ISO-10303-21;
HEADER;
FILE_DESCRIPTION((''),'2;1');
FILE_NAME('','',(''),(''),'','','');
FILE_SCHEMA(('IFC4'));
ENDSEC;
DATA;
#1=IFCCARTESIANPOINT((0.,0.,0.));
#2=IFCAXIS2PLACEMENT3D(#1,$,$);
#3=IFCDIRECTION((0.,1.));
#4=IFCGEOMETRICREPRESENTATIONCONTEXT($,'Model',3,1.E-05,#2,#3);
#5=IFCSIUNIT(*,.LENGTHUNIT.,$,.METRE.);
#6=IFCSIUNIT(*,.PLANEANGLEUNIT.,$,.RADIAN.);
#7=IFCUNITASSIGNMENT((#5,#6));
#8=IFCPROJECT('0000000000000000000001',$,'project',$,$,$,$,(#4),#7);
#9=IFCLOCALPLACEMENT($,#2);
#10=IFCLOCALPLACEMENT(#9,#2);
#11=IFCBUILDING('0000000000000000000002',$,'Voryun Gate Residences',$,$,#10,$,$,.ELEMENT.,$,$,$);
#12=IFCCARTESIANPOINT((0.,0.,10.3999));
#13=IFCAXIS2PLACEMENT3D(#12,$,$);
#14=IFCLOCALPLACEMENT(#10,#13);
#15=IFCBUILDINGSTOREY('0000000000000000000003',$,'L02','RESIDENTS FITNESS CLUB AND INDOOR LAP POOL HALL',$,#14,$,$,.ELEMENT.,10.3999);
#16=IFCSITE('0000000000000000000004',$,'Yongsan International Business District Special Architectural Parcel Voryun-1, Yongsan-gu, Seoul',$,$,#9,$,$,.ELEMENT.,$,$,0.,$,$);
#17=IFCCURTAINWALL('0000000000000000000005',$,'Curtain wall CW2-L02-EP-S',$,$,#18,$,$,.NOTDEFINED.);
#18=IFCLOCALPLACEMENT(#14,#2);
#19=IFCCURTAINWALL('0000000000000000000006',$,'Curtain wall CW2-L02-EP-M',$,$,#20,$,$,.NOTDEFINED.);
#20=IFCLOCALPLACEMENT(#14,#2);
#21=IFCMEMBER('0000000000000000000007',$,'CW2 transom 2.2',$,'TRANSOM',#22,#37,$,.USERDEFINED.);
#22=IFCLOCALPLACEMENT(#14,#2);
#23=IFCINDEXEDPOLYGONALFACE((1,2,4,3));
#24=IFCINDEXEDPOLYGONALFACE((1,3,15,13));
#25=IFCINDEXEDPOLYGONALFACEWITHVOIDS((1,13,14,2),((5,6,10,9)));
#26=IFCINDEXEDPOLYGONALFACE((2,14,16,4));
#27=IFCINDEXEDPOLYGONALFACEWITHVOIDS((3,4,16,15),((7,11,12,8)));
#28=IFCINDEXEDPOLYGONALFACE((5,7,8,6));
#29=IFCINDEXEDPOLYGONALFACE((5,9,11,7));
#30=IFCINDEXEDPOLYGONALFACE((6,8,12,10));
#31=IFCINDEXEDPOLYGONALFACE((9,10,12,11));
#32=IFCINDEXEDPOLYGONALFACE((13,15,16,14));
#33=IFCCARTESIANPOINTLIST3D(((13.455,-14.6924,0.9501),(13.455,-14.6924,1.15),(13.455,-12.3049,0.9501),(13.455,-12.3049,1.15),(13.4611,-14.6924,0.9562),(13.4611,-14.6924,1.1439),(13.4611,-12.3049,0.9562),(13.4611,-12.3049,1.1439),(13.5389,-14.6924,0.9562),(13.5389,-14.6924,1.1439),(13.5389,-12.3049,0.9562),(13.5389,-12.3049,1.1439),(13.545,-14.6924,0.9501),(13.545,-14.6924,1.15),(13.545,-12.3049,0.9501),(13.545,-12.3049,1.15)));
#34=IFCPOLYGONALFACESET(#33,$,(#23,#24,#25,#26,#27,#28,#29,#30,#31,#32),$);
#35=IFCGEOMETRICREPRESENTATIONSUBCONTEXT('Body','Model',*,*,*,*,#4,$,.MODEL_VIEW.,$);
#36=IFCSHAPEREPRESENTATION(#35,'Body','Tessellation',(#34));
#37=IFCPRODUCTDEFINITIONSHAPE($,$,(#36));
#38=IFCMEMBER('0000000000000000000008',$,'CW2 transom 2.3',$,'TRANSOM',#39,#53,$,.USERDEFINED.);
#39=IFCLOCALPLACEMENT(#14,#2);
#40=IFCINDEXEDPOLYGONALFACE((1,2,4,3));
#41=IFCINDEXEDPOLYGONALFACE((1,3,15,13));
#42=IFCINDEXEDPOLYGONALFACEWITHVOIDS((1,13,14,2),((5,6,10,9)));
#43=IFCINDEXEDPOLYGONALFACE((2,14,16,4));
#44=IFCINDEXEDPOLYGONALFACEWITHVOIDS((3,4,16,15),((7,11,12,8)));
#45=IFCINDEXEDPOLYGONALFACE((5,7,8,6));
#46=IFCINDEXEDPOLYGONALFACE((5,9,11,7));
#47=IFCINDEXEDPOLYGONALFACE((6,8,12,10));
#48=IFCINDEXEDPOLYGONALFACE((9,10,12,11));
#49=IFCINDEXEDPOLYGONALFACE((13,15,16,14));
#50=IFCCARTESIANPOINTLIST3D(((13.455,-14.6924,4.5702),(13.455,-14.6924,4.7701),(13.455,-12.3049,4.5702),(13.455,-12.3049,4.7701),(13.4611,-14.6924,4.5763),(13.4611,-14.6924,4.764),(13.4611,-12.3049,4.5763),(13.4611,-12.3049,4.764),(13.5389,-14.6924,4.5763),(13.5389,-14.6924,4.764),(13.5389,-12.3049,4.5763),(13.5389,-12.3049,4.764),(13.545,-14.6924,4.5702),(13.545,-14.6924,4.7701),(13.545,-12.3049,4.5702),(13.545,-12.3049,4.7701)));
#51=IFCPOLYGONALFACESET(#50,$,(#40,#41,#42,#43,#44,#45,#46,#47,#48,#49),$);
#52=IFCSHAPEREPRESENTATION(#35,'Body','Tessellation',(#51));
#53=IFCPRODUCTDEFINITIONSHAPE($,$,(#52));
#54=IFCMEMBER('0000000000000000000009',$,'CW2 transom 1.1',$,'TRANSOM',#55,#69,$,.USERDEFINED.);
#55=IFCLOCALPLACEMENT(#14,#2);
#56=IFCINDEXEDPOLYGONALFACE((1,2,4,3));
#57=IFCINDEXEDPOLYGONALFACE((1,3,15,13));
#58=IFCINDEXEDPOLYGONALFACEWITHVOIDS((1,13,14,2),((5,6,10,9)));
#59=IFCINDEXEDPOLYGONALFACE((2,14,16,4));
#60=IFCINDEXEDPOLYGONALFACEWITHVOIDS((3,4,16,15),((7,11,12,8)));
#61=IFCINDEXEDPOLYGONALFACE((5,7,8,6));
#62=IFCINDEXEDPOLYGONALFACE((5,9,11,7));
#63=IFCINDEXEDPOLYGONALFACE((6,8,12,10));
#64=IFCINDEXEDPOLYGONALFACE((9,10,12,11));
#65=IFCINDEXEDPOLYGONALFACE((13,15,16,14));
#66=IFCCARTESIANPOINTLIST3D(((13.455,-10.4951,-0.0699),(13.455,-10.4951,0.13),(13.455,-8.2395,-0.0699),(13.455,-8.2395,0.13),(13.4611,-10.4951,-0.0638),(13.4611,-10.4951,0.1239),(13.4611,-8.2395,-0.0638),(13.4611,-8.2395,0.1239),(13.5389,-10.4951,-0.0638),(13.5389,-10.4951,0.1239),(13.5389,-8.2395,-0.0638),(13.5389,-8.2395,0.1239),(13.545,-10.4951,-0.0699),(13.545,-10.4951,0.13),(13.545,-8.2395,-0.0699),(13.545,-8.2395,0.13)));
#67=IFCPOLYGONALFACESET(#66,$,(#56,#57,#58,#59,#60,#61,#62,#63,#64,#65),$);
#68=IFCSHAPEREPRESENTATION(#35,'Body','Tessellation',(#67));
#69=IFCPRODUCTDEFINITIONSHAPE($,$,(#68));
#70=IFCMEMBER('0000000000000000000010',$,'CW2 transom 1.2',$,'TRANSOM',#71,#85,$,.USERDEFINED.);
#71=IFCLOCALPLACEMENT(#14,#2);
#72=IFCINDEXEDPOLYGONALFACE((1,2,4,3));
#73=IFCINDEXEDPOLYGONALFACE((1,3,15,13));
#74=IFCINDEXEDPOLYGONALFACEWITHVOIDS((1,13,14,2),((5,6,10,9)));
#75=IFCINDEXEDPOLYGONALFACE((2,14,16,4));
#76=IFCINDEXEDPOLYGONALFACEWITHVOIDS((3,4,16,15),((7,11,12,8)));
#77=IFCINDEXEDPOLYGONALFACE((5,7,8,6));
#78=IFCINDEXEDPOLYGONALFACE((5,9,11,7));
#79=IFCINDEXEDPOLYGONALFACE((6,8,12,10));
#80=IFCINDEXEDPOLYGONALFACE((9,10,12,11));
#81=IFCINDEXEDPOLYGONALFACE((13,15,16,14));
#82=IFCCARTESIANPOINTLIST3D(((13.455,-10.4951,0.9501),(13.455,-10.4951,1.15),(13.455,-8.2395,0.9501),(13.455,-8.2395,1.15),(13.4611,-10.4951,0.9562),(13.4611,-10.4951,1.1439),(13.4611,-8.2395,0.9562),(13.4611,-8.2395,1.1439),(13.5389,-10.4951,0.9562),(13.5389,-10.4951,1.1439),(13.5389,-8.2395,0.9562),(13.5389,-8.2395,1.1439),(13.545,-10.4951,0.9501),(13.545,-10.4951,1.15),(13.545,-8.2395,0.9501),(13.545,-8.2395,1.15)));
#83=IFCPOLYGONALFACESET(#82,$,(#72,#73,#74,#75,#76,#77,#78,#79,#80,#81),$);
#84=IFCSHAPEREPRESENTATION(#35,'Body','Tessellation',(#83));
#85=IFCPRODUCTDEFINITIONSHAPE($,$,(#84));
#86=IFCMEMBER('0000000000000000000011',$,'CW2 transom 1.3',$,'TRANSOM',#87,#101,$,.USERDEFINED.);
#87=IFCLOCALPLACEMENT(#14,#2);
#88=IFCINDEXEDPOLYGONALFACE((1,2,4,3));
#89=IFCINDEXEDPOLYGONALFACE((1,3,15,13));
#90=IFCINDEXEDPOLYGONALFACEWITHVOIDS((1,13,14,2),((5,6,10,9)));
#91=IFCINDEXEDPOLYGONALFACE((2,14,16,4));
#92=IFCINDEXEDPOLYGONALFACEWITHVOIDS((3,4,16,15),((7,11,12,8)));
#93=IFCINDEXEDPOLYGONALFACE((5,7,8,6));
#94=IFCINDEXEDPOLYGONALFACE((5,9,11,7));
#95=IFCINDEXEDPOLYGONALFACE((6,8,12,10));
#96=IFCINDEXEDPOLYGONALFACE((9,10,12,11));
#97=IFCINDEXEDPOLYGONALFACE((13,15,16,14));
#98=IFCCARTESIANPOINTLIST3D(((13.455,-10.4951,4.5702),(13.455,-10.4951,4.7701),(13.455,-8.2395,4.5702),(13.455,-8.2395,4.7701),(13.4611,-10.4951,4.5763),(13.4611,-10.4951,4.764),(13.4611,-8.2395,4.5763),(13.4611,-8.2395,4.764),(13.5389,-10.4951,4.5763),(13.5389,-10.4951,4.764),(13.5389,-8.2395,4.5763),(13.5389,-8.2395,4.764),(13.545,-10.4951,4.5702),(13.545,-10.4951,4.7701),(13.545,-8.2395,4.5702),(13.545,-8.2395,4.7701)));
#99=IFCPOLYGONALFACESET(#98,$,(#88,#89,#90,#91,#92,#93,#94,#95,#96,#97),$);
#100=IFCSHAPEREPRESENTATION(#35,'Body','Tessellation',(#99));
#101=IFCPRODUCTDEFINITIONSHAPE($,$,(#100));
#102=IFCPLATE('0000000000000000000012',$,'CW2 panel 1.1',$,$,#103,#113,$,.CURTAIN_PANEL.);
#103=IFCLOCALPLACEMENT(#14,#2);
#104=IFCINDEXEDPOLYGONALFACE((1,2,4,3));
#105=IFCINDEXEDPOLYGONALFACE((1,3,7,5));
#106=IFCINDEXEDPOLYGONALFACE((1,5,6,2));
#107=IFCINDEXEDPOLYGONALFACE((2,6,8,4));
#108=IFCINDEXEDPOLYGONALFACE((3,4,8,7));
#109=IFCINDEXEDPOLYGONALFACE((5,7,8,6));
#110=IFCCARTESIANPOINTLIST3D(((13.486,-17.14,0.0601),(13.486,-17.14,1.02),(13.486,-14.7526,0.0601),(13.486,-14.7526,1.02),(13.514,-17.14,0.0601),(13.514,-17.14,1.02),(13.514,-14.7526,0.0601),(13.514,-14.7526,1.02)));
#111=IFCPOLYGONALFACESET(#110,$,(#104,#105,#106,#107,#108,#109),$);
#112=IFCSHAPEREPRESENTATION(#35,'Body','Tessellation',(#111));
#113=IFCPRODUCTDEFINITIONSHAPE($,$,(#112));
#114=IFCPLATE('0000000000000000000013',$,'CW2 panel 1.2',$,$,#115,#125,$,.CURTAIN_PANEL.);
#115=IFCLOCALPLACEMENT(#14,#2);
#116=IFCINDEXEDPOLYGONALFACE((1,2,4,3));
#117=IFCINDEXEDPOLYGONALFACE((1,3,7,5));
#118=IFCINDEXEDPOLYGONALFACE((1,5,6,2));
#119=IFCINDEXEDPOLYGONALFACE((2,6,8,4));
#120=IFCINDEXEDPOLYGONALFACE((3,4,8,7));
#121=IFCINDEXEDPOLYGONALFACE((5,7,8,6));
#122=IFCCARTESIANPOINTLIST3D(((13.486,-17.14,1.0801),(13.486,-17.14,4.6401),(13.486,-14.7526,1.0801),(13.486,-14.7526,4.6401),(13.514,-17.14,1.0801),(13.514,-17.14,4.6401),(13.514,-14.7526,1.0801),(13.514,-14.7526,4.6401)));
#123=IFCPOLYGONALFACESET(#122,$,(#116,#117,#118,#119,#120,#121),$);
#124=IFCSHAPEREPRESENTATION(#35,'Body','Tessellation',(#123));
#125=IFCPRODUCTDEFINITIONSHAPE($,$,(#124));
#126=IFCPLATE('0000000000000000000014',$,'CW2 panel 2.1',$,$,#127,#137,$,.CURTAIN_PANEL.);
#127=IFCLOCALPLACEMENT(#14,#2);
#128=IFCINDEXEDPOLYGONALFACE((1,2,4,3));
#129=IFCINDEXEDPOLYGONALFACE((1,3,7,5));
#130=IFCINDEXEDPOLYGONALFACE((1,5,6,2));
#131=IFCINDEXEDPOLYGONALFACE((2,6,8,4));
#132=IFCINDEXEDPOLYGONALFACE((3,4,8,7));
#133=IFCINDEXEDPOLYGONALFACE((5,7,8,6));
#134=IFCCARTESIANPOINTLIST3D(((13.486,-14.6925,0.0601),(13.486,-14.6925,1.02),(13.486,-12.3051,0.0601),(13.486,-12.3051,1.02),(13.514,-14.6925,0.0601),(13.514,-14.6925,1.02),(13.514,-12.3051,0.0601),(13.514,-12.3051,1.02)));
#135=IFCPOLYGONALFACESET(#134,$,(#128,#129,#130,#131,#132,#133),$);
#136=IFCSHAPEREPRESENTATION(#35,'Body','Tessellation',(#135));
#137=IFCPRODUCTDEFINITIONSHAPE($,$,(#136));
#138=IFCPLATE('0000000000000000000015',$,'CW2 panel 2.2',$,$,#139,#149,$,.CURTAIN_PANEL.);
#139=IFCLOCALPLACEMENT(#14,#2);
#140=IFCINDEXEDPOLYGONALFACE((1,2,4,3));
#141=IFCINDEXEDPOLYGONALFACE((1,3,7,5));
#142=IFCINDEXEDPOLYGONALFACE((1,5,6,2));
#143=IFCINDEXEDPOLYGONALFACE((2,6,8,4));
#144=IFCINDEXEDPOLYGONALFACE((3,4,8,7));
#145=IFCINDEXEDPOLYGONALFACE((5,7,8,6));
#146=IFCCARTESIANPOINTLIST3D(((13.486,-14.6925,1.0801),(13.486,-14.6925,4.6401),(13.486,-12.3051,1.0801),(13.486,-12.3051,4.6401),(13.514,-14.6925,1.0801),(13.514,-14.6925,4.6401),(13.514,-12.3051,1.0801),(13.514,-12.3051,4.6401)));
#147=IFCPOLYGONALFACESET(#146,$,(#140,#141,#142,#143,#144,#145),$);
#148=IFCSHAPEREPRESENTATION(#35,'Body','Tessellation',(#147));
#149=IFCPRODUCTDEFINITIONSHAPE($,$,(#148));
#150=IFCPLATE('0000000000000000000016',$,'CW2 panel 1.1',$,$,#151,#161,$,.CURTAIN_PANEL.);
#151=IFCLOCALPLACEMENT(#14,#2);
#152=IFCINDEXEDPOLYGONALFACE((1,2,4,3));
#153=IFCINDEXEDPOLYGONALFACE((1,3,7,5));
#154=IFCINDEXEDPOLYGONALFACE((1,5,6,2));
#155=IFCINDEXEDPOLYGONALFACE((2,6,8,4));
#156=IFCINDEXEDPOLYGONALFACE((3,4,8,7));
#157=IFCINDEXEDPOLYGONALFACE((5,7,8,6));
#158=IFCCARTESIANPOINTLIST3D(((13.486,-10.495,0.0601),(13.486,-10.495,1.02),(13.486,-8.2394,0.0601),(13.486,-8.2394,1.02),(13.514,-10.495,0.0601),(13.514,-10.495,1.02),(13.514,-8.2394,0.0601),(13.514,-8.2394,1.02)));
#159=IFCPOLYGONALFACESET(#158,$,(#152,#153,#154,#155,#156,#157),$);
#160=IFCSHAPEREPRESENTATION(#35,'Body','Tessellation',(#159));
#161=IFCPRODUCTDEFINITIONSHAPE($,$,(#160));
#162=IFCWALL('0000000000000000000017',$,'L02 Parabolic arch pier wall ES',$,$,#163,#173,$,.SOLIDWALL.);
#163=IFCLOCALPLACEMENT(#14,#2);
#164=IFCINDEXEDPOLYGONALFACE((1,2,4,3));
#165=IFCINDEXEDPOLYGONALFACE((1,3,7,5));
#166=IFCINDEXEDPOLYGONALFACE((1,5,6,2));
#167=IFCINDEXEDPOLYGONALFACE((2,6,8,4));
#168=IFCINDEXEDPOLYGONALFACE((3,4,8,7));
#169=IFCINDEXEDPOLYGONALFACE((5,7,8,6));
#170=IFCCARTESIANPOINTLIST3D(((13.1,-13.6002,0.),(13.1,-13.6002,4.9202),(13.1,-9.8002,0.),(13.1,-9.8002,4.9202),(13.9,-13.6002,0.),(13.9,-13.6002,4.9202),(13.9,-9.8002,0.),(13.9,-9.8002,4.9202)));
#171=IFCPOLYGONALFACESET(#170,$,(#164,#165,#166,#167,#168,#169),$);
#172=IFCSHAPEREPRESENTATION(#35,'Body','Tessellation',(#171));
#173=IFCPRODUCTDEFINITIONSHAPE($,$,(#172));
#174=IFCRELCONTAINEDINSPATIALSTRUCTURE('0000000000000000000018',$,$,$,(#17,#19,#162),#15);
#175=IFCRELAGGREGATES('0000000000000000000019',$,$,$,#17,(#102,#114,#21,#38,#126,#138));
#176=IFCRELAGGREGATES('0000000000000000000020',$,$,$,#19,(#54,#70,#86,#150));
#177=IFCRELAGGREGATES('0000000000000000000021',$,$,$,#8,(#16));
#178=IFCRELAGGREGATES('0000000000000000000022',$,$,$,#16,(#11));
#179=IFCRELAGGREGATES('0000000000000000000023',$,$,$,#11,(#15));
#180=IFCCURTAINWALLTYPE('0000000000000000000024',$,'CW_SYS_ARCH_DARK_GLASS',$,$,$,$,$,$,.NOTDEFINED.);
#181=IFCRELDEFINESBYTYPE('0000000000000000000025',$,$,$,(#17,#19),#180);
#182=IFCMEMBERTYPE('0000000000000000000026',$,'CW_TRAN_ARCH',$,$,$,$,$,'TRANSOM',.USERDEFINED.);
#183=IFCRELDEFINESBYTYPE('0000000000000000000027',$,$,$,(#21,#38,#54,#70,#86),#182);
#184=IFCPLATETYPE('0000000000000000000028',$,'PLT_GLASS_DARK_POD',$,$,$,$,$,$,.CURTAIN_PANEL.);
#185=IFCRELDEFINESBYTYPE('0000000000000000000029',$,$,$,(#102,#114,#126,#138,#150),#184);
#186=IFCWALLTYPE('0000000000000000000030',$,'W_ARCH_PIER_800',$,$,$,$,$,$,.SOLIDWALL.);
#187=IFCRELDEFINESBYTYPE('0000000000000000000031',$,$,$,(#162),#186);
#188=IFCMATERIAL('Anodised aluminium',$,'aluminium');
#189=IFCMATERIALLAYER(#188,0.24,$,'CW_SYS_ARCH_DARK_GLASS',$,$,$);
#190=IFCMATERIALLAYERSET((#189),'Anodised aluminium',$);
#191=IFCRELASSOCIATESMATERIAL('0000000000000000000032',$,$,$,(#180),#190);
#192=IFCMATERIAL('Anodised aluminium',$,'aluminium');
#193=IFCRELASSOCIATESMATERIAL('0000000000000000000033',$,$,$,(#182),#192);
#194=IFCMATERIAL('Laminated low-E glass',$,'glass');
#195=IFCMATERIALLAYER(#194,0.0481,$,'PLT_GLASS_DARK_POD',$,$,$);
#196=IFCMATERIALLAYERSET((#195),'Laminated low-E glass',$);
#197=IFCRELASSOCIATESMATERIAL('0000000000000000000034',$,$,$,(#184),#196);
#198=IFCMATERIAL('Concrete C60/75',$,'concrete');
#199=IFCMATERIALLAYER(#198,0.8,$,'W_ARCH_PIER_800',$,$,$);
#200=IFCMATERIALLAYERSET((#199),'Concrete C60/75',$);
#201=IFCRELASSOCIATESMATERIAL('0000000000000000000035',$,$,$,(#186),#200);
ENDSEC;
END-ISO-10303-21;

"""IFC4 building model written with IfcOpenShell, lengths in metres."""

from ifc_helpers import new_model, si_unit, direction, frame, frame_2d, origin, origin_2d, place, context, subcontext, project, spatial, rectangle, hollow_rectangle, extrude, material, layer, layer_set, material_profile, profile_set, type_object, element, aggregate, save


model = new_model("IFC4")

# Units and contexts
model_context = context("Model", 3, precision=1e-05, world=origin(), true_north=direction((0.0, 1.0)))
body_context = subcontext(model_context, "Body", "Model", "MODEL_VIEW")
ifc_project = project(units=[si_unit("LENGTHUNIT", "METRE"), si_unit("PLANEANGLEUNIT", "RADIAN")], contexts=[model_context])

# Site, building, storey
site_placement = place(None, origin())
site = spatial("IfcSite", under=ifc_project, at=site_placement, Name="Yongsan International Business District Special Architectural Parcel Voryun-1, Yongsan-gu, Seoul", CompositionType="ELEMENT", RefElevation=0.0)
building_placement = place(site_placement, origin())
building = spatial("IfcBuilding", under=site, at=building_placement, Name="Voryun Gate Residences", CompositionType="ELEMENT")
storey_placement = place(building_placement, frame((0.0, 0.0, 10.3999)))
storey = spatial("IfcBuildingStorey", under=building, at=storey_placement, Name="L02", Description="RESIDENTS FITNESS CLUB AND INDOOR LAP POOL HALL", CompositionType="ELEMENT", Elevation=10.3999)

# Curtain wall
ifc_material_1 = material(Name="Anodised aluminium", Category="aluminium")
ifc_layer_1 = layer(ifc_material_1, 0.24, Name="CW_SYS_ARCH_DARK_GLASS")
ifc_layer_set_1 = layer_set([ifc_layer_1], Name="Anodised aluminium")
curtain_wall_type = type_object("IfcCurtainWallType", Name="CW_SYS_ARCH_DARK_GLASS", PredefinedType="NOTDEFINED", material=ifc_layer_set_1)
curtain_wall_1_placement = place(storey_placement, origin())
curtain_wall_1 = element("IfcCurtainWall", 1, at=curtain_wall_1_placement, inside=storey, type_object=curtain_wall_type, Name="Curtain wall CW2-L02-EP-S", PredefinedType="NOTDEFINED")

# Curtain wall
curtain_wall_2_placement = place(storey_placement, origin())
curtain_wall_2 = element("IfcCurtainWall", 2, at=curtain_wall_2_placement, inside=storey, type_object=curtain_wall_type, Name="Curtain wall CW2-L02-EP-M", PredefinedType="NOTDEFINED")

# Members
ifc_material_2 = material(Name="Anodised aluminium", Category="aluminium")
ifc_material_profile_1 = material_profile(ifc_material_2, hollow_rectangle(XDim=0.0901, YDim=0.2, WallThickness=0.0061, at=origin_2d()), Name="ALU-TRAN-200x90x6")
ifc_profile_set_1 = profile_set([ifc_material_profile_1], Name="Anodised aluminium")
member_type_1 = type_object("IfcMemberType", Name="CW_TRAN_ARCH", ElementType="TRANSOM", PredefinedType="USERDEFINED", material=ifc_profile_set_1)
member_1_placement = place(storey_placement, frame((13.5, -14.6924, 1.05), z_axis=(0.0, 1.0, 0.0), x_axis=(-1.0, 0.0, 0.0)))
member_1 = element("IfcMember", 3, at=member_1_placement, type_object=member_type_1, Name="CW2 transom 2.2", ObjectType="TRANSOM", PredefinedType="USERDEFINED", context=body_context, shape_type="SweptSolid", body=[
    extrude(hollow_rectangle(XDim=0.0901, YDim=0.2, WallThickness=0.0061, at=origin_2d()), origin(), (0.0, 0.0, 1.0), 2.3875),
])
member_2_placement = place(storey_placement, frame((13.5, -14.6924, 4.6702), z_axis=(0.0, 1.0, 0.0), x_axis=(-1.0, 0.0, 0.0)))
member_2 = element("IfcMember", 4, at=member_2_placement, type_object=member_type_1, Name="CW2 transom 2.3", ObjectType="TRANSOM", PredefinedType="USERDEFINED", context=body_context, shape_type="SweptSolid", body=[
    extrude(hollow_rectangle(XDim=0.0901, YDim=0.2, WallThickness=0.0061, at=origin_2d()), origin(), (0.0, 0.0, 1.0), 2.3875),
])
member_3_placement = place(storey_placement, frame((13.5, -10.4951, 0.03), z_axis=(0.0, 1.0, 0.0), x_axis=(-1.0, 0.0, 0.0)))
member_3 = element("IfcMember", 5, at=member_3_placement, type_object=member_type_1, Name="CW2 transom 1.1", ObjectType="TRANSOM", PredefinedType="USERDEFINED", context=body_context, shape_type="SweptSolid", body=[
    extrude(hollow_rectangle(XDim=0.0901, YDim=0.2, WallThickness=0.0061, at=origin_2d()), origin(), (0.0, 0.0, 1.0), 2.2556),
])
member_4_placement = place(storey_placement, frame((13.5, -10.4951, 1.05), z_axis=(0.0, 1.0, 0.0), x_axis=(-1.0, 0.0, 0.0)))
member_4 = element("IfcMember", 6, at=member_4_placement, type_object=member_type_1, Name="CW2 transom 1.2", ObjectType="TRANSOM", PredefinedType="USERDEFINED", context=body_context, shape_type="SweptSolid", body=[
    extrude(hollow_rectangle(XDim=0.0901, YDim=0.2, WallThickness=0.0061, at=origin_2d()), origin(), (0.0, 0.0, 1.0), 2.2556),
])
member_5_placement = place(storey_placement, frame((13.5, -10.4951, 4.6702), z_axis=(0.0, 1.0, 0.0), x_axis=(-1.0, 0.0, 0.0)))
member_5 = element("IfcMember", 7, at=member_5_placement, type_object=member_type_1, Name="CW2 transom 1.3", ObjectType="TRANSOM", PredefinedType="USERDEFINED", context=body_context, shape_type="SweptSolid", body=[
    extrude(hollow_rectangle(XDim=0.0901, YDim=0.2, WallThickness=0.0061, at=origin_2d()), origin(), (0.0, 0.0, 1.0), 2.2556),
])

# Plates
ifc_material_3 = material(Name="Laminated low-E glass", Category="glass")
ifc_layer_2 = layer(ifc_material_3, 0.0481, Name="PLT_GLASS_DARK_POD")
ifc_layer_set_2 = layer_set([ifc_layer_2], Name="Laminated low-E glass")
plate_type = type_object("IfcPlateType", Name="PLT_GLASS_DARK_POD", PredefinedType="CURTAIN_PANEL", material=ifc_layer_set_2)
plate_1_placement = place(storey_placement, frame((13.5, -15.9463, 0.0601), z_axis=(0.0, 0.0, 1.0), x_axis=(0.0, 1.0, 0.0)))
plate_1 = element("IfcPlate", 8, at=plate_1_placement, type_object=plate_type, Name="CW2 panel 1.1", PredefinedType="CURTAIN_PANEL", context=body_context, shape_type="SweptSolid", body=[
    extrude(rectangle(XDim=2.3875, YDim=0.0281, at=origin_2d()), origin(), (0.0, 0.0, 1.0), 0.96),
])
plate_2_placement = place(storey_placement, frame((13.5, -15.9463, 1.0801), z_axis=(0.0, 0.0, 1.0), x_axis=(0.0, 1.0, 0.0)))
plate_2 = element("IfcPlate", 9, at=plate_2_placement, type_object=plate_type, Name="CW2 panel 1.2", PredefinedType="CURTAIN_PANEL", context=body_context, shape_type="SweptSolid", body=[
    extrude(rectangle(XDim=2.3875, YDim=0.0281, at=origin_2d()), origin(), (0.0, 0.0, 1.0), 3.5601),
])
plate_3_placement = place(storey_placement, frame((13.5, -13.4988, 0.0601), z_axis=(0.0, 0.0, 1.0), x_axis=(0.0, 1.0, 0.0)))
plate_3 = element("IfcPlate", 10, at=plate_3_placement, type_object=plate_type, Name="CW2 panel 2.1", PredefinedType="CURTAIN_PANEL", context=body_context, shape_type="SweptSolid", body=[
    extrude(rectangle(XDim=2.3875, YDim=0.0281, at=origin_2d()), origin(), (0.0, 0.0, 1.0), 0.96),
])
plate_4_placement = place(storey_placement, frame((13.5, -13.4988, 1.0801), z_axis=(0.0, 0.0, 1.0), x_axis=(0.0, 1.0, 0.0)))
plate_4 = element("IfcPlate", 11, at=plate_4_placement, type_object=plate_type, Name="CW2 panel 2.2", PredefinedType="CURTAIN_PANEL", context=body_context, shape_type="SweptSolid", body=[
    extrude(rectangle(XDim=2.3875, YDim=0.0281, at=origin_2d()), origin(), (0.0, 0.0, 1.0), 3.5601),
])
aggregate(curtain_wall_1, [plate_1, plate_2, member_1, member_2, plate_3, plate_4])
plate_5_placement = place(storey_placement, frame((13.5, -9.3672, 0.0601), z_axis=(0.0, 0.0, 1.0), x_axis=(0.0, 1.0, 0.0)))
plate_5 = element("IfcPlate", 12, at=plate_5_placement, type_object=plate_type, Name="CW2 panel 1.1", PredefinedType="CURTAIN_PANEL", context=body_context, shape_type="SweptSolid", body=[
    extrude(rectangle(XDim=2.2556, YDim=0.0281, at=origin_2d()), origin(), (0.0, 0.0, 1.0), 0.96),
])
aggregate(curtain_wall_2, [member_3, member_4, member_5, plate_5])

# Wall
ifc_material_4 = material(Name="Concrete C60/75", Category="concrete")
ifc_layer_3 = layer(ifc_material_4, 0.8, Name="W_ARCH_PIER_800")
ifc_layer_set_3 = layer_set([ifc_layer_3], Name="Concrete C60/75")
wall_type_1 = type_object("IfcWallType", Name="W_ARCH_PIER_800", PredefinedType="SOLIDWALL", material=ifc_layer_set_3)
wall_1_placement = place(storey_placement, frame((13.5, -13.6001, 0.0), z_axis=(0.0, 0.0, 1.0), x_axis=(0.0, 1.0, 0.0)))
element("IfcWall", 13, at=wall_1_placement, inside=storey, type_object=wall_type_1, Name="L02 Parabolic arch pier wall ES", PredefinedType="SOLIDWALL", context=body_context, shape_type="SweptSolid", body=[
    extrude(rectangle(XDim=3.8, YDim=0.8, at=frame_2d((1.8999, 0.0))), origin(), (0.0, 0.0, 1.0), 4.9202),
])

save(model, "model.ifc")
